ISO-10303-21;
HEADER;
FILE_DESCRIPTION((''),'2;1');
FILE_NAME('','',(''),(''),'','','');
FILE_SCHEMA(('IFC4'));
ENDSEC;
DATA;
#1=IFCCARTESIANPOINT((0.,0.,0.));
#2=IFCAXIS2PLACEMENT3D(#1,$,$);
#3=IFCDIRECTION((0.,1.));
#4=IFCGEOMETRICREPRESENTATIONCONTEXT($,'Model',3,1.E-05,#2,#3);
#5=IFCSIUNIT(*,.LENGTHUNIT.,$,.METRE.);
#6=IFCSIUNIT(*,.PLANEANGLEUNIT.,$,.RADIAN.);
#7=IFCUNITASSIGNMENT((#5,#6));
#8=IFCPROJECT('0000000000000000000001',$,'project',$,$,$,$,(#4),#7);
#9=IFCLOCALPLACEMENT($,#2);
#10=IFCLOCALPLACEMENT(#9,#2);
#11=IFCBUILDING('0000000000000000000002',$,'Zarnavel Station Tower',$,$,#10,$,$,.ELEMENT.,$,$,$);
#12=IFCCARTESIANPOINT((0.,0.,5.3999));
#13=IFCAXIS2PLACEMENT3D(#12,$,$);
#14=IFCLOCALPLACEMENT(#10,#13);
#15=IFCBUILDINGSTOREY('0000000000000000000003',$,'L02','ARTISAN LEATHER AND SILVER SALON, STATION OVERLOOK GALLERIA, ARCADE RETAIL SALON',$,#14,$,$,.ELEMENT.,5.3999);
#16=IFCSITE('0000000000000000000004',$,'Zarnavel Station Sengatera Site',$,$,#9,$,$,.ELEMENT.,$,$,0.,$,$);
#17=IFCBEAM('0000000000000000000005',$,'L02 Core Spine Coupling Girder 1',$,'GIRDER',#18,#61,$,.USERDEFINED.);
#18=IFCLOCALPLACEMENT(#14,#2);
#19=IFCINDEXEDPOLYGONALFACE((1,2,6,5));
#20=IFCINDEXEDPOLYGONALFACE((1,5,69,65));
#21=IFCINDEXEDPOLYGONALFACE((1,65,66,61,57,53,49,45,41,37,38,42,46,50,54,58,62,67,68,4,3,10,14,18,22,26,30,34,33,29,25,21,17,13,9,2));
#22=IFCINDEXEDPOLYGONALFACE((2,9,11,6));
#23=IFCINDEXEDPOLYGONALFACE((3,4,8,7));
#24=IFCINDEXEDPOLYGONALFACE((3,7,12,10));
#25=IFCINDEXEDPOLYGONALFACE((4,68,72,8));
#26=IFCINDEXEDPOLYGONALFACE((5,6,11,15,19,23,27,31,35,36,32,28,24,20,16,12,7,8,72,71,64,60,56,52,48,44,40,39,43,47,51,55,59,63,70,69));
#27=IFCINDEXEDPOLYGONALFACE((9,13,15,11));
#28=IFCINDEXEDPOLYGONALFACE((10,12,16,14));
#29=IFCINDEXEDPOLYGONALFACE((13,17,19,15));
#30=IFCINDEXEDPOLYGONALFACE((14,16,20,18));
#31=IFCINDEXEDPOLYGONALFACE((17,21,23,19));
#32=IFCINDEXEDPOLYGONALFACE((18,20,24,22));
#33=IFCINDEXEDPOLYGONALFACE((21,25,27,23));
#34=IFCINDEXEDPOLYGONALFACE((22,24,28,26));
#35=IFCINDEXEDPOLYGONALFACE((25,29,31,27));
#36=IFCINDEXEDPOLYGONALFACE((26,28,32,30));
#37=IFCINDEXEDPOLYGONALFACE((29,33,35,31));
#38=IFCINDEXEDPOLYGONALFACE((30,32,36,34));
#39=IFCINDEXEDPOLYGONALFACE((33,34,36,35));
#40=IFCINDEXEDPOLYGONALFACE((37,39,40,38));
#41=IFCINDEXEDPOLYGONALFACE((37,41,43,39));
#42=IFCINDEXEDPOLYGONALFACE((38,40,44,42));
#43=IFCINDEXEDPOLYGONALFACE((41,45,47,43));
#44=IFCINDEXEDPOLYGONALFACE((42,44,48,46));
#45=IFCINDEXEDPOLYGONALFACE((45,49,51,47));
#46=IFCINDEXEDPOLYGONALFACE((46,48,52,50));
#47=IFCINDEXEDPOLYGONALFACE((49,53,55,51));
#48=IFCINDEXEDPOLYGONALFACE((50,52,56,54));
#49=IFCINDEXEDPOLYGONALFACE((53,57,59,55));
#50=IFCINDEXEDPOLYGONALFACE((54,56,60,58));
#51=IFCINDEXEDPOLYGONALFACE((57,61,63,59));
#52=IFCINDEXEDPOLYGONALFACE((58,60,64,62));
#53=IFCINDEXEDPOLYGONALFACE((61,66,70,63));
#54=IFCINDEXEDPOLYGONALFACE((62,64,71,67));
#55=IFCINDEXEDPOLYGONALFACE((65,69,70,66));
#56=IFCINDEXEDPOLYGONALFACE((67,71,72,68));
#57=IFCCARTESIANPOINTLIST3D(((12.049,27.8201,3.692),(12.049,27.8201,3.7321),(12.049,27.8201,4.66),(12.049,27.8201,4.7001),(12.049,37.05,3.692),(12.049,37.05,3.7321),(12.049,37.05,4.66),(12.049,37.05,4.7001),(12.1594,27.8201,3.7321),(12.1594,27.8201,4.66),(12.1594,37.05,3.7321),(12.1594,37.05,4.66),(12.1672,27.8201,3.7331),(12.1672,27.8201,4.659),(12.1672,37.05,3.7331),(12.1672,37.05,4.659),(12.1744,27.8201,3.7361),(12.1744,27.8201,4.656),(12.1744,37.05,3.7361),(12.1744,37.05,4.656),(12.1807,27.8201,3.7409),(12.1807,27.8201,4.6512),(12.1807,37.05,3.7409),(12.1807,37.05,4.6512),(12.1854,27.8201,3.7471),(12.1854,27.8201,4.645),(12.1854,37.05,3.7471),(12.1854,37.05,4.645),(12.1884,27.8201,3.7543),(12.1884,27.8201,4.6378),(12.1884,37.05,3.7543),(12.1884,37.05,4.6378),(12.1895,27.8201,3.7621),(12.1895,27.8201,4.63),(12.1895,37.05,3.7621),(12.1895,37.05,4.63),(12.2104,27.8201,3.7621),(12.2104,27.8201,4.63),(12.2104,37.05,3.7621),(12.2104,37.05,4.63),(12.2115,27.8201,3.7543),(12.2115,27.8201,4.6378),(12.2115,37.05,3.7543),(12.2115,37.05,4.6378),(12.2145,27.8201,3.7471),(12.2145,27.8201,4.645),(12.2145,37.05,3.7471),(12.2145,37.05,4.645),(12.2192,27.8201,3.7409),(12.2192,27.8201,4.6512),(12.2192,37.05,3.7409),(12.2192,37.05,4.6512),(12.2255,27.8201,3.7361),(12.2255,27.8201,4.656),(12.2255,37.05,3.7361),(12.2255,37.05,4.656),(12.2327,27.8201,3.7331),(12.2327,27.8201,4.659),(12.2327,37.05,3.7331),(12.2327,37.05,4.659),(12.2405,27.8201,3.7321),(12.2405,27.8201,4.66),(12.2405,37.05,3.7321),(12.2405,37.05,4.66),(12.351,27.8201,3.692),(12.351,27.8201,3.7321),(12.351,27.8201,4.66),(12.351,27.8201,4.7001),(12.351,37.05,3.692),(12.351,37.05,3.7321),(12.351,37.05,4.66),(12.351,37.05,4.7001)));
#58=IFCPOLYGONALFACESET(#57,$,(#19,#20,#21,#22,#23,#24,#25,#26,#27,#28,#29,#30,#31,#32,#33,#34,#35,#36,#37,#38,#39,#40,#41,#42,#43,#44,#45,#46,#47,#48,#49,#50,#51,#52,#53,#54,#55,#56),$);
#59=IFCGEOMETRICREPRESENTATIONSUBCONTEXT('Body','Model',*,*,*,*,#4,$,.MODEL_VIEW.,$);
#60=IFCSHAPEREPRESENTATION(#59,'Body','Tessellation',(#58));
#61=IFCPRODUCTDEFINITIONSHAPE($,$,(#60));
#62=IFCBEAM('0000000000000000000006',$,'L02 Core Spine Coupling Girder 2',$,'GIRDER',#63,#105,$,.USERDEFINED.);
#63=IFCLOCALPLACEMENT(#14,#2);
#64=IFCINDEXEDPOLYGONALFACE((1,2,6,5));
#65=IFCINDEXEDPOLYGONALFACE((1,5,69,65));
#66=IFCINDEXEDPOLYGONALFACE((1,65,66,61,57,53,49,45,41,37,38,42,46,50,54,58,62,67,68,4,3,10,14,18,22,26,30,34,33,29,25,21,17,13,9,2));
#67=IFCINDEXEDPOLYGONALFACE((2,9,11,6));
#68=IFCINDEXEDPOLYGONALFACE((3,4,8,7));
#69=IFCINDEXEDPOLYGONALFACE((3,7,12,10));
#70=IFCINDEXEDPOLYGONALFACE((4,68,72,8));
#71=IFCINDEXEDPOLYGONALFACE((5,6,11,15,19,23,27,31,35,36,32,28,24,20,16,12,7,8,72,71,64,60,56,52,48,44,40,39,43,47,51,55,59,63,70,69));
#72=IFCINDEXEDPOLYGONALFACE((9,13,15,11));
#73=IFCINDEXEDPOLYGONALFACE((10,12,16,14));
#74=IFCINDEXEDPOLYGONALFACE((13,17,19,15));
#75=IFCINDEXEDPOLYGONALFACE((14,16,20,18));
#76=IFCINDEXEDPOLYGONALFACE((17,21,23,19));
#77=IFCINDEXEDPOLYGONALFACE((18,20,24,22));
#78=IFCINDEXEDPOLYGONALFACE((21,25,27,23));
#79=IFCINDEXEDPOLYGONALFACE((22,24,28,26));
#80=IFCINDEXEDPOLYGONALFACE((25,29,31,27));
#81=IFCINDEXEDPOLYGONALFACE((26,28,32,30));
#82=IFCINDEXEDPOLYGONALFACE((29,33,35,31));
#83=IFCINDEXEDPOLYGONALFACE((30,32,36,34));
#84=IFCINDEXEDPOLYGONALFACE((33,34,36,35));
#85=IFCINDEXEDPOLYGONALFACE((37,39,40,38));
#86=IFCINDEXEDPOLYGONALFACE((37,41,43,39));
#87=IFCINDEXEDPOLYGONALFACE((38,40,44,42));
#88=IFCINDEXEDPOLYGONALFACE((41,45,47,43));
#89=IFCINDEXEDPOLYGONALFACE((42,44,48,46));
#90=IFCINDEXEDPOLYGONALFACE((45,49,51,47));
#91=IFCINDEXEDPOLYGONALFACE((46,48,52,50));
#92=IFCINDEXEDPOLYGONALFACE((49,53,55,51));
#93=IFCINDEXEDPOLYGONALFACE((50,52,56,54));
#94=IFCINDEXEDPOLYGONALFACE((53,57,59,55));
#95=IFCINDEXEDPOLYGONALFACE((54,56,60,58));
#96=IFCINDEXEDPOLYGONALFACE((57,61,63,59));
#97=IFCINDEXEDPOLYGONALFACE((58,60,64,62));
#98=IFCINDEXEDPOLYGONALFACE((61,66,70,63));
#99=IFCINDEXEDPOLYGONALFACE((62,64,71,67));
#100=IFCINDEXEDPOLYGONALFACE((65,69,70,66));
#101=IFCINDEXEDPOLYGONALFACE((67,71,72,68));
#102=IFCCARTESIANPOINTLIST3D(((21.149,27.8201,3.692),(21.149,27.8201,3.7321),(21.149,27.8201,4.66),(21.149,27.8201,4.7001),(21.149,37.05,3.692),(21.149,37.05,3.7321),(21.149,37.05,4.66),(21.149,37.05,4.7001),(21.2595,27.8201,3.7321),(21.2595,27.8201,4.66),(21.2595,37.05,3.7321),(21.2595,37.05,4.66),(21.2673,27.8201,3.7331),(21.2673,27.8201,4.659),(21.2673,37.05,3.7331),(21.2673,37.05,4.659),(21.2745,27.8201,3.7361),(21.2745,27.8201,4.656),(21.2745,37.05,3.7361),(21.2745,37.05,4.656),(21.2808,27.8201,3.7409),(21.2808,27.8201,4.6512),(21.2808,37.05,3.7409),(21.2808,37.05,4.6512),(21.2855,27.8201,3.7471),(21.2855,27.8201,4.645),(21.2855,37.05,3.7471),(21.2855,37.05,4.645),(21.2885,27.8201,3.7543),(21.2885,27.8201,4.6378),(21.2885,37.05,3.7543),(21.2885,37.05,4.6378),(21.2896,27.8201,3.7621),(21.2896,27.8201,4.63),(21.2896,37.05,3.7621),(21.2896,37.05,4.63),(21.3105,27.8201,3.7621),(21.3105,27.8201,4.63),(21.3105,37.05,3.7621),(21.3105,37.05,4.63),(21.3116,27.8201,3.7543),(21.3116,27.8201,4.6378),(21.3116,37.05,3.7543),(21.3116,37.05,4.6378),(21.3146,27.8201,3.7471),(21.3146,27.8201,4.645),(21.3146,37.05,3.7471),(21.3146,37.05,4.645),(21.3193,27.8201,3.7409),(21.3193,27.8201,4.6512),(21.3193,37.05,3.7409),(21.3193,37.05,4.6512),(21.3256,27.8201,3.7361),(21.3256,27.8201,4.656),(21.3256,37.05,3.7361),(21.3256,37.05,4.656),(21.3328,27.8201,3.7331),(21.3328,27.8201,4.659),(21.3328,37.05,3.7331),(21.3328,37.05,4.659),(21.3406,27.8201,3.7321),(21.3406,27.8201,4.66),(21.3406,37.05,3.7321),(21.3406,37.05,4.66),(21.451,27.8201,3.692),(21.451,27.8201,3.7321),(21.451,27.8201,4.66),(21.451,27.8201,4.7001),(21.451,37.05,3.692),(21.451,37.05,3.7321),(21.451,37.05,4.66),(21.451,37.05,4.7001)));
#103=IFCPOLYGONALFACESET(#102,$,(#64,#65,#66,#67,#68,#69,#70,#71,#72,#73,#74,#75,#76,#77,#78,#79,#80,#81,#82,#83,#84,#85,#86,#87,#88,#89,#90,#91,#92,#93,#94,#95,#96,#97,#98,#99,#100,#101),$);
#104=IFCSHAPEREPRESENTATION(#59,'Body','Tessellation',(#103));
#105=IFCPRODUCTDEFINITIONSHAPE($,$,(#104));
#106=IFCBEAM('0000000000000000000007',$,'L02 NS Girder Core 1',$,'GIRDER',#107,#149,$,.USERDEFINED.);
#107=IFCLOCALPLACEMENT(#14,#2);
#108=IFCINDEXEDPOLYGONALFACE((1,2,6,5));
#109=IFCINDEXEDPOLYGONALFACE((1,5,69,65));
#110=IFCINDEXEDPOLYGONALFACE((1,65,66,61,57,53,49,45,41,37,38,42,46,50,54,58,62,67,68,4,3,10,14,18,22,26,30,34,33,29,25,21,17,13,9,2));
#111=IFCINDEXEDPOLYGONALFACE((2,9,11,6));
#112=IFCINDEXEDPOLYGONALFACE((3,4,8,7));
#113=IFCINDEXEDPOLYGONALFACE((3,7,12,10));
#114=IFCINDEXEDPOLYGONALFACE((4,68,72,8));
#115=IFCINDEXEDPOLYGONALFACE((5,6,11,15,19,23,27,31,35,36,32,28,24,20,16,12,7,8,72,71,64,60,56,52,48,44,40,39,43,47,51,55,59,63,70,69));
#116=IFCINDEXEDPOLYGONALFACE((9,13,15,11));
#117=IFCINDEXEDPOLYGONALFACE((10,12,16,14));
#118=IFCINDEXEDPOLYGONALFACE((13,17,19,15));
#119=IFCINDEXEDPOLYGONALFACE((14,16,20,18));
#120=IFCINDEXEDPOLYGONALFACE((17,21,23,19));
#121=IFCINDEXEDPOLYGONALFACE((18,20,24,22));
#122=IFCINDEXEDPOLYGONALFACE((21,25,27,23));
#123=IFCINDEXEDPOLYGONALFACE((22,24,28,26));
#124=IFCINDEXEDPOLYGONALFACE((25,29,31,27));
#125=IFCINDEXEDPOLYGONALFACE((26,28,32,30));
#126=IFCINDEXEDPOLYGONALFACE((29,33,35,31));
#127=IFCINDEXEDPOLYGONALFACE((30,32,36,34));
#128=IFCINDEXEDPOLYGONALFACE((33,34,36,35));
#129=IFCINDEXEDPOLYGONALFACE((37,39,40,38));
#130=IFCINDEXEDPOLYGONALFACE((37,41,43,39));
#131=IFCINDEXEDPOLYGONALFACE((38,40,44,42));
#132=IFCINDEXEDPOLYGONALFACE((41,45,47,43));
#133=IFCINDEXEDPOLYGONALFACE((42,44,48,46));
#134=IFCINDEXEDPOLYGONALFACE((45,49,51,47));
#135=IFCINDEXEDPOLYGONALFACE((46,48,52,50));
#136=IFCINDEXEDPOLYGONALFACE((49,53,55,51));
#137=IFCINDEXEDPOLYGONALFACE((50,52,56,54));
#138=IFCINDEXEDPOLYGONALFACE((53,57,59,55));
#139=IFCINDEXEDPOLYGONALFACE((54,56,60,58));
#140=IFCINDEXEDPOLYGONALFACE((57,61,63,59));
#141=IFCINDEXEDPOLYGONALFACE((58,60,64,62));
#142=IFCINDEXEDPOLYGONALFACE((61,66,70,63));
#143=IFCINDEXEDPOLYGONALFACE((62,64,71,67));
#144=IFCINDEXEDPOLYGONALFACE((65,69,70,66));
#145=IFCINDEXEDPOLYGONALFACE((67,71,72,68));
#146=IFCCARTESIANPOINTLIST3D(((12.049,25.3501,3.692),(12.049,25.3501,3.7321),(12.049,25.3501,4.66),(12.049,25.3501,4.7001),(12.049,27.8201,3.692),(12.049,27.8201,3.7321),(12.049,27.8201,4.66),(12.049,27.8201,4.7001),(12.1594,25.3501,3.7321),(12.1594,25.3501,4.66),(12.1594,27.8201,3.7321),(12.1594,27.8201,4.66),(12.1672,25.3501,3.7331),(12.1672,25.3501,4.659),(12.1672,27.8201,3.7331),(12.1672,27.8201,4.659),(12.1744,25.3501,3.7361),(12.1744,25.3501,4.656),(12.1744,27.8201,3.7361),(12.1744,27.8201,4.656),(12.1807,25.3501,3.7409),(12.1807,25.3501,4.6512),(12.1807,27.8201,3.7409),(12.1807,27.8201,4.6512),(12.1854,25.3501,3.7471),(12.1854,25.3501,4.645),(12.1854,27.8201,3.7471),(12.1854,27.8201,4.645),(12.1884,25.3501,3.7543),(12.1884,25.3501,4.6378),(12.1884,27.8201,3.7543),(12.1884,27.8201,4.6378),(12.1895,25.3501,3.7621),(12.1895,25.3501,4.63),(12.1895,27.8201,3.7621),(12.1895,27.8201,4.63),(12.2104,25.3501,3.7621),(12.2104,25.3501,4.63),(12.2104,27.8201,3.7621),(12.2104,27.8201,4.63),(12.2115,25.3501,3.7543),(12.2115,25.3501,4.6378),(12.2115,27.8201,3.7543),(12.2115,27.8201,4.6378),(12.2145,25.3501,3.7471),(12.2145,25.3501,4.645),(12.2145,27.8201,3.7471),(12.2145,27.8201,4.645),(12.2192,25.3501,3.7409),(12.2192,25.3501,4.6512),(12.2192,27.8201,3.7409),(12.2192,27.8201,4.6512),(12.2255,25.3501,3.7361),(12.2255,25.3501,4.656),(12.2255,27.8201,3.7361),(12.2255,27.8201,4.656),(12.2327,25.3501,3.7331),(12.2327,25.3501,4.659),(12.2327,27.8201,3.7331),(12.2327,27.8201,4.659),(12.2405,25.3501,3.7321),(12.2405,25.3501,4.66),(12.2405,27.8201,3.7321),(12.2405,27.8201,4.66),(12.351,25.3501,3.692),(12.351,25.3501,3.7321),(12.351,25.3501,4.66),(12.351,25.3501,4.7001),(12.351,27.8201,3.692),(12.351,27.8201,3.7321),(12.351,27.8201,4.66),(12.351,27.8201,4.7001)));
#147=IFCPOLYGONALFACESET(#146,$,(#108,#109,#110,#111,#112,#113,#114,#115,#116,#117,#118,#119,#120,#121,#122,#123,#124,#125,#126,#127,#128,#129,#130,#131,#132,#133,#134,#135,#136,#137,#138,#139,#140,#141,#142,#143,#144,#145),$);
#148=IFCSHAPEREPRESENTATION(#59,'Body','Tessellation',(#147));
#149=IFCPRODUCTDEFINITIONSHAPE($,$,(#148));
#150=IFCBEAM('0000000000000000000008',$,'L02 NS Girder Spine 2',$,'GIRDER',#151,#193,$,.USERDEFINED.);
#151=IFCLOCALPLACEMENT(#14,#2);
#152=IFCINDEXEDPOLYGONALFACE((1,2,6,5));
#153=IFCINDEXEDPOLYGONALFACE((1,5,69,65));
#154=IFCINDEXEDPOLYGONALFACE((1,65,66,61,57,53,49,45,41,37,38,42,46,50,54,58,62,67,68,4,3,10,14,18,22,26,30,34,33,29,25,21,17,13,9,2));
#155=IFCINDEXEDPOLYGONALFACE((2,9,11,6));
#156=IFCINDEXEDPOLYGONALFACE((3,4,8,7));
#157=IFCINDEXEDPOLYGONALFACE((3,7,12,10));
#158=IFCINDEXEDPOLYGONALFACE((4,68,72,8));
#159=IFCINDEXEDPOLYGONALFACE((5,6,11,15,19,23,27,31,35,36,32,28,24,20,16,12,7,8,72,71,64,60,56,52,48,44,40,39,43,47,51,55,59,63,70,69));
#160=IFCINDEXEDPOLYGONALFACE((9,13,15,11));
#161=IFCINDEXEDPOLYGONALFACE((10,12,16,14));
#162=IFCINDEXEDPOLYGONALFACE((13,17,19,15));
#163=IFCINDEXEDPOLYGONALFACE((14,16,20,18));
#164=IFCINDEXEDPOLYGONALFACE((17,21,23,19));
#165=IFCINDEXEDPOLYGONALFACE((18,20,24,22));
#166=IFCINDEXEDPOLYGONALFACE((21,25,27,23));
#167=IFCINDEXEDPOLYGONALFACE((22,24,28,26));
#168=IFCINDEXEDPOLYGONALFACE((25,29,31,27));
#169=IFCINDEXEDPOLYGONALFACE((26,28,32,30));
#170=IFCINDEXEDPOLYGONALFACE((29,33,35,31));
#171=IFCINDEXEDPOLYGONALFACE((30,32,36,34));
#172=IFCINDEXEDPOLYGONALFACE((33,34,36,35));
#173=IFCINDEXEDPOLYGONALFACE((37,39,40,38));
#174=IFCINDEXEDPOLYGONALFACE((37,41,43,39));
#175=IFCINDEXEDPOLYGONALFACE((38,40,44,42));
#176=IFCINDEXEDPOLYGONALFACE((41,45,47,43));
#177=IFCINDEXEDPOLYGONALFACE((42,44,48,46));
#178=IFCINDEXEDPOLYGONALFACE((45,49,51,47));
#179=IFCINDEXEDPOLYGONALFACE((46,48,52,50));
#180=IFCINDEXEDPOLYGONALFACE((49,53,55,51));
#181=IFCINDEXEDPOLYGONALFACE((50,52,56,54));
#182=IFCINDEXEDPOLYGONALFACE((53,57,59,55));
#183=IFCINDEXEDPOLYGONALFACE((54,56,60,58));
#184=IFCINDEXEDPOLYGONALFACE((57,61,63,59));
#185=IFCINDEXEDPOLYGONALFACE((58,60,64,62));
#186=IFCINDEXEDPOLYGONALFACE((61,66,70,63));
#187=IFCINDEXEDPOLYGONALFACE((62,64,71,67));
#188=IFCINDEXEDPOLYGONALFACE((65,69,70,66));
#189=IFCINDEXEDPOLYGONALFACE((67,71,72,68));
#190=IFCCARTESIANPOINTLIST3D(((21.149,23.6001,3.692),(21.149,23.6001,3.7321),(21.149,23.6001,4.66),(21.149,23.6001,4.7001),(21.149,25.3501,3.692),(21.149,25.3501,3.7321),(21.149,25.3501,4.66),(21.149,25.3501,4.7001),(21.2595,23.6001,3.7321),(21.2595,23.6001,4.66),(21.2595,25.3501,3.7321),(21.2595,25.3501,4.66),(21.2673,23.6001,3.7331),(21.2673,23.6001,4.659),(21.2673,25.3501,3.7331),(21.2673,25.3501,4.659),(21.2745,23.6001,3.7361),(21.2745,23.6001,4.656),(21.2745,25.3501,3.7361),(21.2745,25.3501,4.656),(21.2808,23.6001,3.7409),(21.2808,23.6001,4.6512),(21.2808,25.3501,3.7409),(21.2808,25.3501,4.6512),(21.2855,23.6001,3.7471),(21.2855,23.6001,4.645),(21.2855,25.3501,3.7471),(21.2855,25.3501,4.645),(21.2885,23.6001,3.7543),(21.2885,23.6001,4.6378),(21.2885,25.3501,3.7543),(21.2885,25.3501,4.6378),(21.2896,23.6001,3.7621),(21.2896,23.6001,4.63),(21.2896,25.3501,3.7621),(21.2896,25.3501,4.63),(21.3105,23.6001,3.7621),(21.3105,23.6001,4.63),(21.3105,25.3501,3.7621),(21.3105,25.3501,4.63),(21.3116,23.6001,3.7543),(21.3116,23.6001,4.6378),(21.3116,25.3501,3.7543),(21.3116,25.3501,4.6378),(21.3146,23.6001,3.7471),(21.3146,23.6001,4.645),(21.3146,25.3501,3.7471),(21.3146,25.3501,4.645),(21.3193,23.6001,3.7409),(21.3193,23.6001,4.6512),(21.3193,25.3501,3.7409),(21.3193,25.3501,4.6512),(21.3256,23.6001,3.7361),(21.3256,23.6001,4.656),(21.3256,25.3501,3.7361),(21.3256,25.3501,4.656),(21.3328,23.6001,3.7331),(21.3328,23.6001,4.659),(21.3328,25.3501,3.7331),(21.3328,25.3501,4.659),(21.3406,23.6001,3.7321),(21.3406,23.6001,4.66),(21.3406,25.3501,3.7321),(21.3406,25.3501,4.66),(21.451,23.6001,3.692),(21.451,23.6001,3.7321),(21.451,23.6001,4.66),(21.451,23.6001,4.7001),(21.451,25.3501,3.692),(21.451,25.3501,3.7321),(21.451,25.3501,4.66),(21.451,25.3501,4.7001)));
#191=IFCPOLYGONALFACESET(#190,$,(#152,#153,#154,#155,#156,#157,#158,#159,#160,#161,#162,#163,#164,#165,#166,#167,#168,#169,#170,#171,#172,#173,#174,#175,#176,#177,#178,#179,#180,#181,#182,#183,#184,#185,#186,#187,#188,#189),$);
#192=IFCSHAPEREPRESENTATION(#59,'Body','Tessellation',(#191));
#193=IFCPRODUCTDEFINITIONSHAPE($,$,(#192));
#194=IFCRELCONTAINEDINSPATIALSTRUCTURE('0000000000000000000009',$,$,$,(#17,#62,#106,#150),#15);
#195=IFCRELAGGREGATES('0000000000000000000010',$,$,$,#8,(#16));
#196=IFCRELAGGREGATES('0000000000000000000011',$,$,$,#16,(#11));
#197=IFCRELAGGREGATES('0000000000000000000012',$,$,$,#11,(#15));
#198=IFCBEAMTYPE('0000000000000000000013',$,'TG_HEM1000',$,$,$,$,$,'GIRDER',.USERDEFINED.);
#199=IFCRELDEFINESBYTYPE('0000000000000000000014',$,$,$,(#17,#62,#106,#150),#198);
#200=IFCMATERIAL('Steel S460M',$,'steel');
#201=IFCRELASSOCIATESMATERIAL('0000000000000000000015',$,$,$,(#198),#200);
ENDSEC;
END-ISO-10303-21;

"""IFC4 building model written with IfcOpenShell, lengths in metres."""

from ifc_helpers import new_model, si_unit, direction, frame, origin, origin_2d, place, context, subcontext, project, spatial, i_section, extrude, material, material_profile, profile_set, type_object, element, save


model = new_model("IFC4")

# Units and contexts
model_context = context("Model", 3, precision=1e-05, world=origin(), true_north=direction((0.0, 1.0)))
body_context = subcontext(model_context, "Body", "Model", "MODEL_VIEW")
ifc_project = project(units=[si_unit("LENGTHUNIT", "METRE"), si_unit("PLANEANGLEUNIT", "RADIAN")], contexts=[model_context])

# Site, building, storey
site_placement = place(None, origin())
site = spatial("IfcSite", under=ifc_project, at=site_placement, Name="Zarnavel Station Sengatera Site", CompositionType="ELEMENT", RefElevation=0.0)
building_placement = place(site_placement, origin())
building = spatial("IfcBuilding", under=site, at=building_placement, Name="Zarnavel Station Tower", CompositionType="ELEMENT")
storey_placement = place(building_placement, frame((0.0, 0.0, 5.3999)))
storey = spatial("IfcBuildingStorey", under=building, at=storey_placement, Name="L02", Description="ARTISAN LEATHER AND SILVER SALON, STATION OVERLOOK GALLERIA, ARCADE RETAIL SALON", CompositionType="ELEMENT", Elevation=5.3999)

# Beams
ifc_material_1 = material(Name="Steel S460M", Category="steel")
ifc_material_profile_1 = material_profile(ifc_material_1, i_section(OverallWidth=0.302, OverallDepth=1.0081, WebThickness=0.021, FlangeThickness=0.04, FilletRadius=0.03, at=origin_2d()), Name="HEM1000")
ifc_profile_set_1 = profile_set([ifc_material_profile_1], Name="Steel S460M")
beam_type_1 = type_object("IfcBeamType", Name="TG_HEM1000", ElementType="GIRDER", PredefinedType="USERDEFINED", material=ifc_profile_set_1)
for number, where, z_axis, x_axis, name in (
    (1, (12.2, 27.8201, 4.196), (0.0, 1.0, 0.0), (-1.0, 0.0, 0.0), "L02 Core Spine Coupling Girder 1"),
    (2, (21.3, 27.8201, 4.196), (0.0, 1.0, 0.0), (-1.0, 0.0, 0.0), "L02 Core Spine Coupling Girder 2"),
):
    element("IfcBeam", number, at=place(storey_placement, frame(where, z_axis=z_axis, x_axis=x_axis)), inside=storey, type_object=beam_type_1, Name=name, ObjectType="GIRDER", PredefinedType="USERDEFINED", context=body_context, shape_type="SweptSolid", body=[
        extrude(i_section(OverallWidth=0.302, OverallDepth=1.0081, WebThickness=0.021, FlangeThickness=0.04, FilletRadius=0.03, at=origin_2d()), origin(), (0.0, 0.0, 1.0), 9.23),
    ])
beam_1_placement = place(storey_placement, frame((12.2, 25.3501, 4.196), z_axis=(0.0, 1.0, 0.0), x_axis=(-1.0, 0.0, 0.0)))
element("IfcBeam", 3, at=beam_1_placement, inside=storey, type_object=beam_type_1, Name="L02 NS Girder Core 1", ObjectType="GIRDER", PredefinedType="USERDEFINED", context=body_context, shape_type="SweptSolid", body=[
    extrude(i_section(OverallWidth=0.302, OverallDepth=1.0081, WebThickness=0.021, FlangeThickness=0.04, FilletRadius=0.03, at=origin_2d()), origin(), (0.0, 0.0, 1.0), 2.47),
])
beam_2_placement = place(storey_placement, frame((21.3, 23.6001, 4.196), z_axis=(0.0, 1.0, 0.0), x_axis=(-1.0, 0.0, 0.0)))
element("IfcBeam", 4, at=beam_2_placement, inside=storey, type_object=beam_type_1, Name="L02 NS Girder Spine 2", ObjectType="GIRDER", PredefinedType="USERDEFINED", context=body_context, shape_type="SweptSolid", body=[
    extrude(i_section(OverallWidth=0.302, OverallDepth=1.0081, WebThickness=0.021, FlangeThickness=0.04, FilletRadius=0.03, at=origin_2d()), origin(), (0.0, 0.0, 1.0), 1.75),
])

save(model, "model.ifc")
